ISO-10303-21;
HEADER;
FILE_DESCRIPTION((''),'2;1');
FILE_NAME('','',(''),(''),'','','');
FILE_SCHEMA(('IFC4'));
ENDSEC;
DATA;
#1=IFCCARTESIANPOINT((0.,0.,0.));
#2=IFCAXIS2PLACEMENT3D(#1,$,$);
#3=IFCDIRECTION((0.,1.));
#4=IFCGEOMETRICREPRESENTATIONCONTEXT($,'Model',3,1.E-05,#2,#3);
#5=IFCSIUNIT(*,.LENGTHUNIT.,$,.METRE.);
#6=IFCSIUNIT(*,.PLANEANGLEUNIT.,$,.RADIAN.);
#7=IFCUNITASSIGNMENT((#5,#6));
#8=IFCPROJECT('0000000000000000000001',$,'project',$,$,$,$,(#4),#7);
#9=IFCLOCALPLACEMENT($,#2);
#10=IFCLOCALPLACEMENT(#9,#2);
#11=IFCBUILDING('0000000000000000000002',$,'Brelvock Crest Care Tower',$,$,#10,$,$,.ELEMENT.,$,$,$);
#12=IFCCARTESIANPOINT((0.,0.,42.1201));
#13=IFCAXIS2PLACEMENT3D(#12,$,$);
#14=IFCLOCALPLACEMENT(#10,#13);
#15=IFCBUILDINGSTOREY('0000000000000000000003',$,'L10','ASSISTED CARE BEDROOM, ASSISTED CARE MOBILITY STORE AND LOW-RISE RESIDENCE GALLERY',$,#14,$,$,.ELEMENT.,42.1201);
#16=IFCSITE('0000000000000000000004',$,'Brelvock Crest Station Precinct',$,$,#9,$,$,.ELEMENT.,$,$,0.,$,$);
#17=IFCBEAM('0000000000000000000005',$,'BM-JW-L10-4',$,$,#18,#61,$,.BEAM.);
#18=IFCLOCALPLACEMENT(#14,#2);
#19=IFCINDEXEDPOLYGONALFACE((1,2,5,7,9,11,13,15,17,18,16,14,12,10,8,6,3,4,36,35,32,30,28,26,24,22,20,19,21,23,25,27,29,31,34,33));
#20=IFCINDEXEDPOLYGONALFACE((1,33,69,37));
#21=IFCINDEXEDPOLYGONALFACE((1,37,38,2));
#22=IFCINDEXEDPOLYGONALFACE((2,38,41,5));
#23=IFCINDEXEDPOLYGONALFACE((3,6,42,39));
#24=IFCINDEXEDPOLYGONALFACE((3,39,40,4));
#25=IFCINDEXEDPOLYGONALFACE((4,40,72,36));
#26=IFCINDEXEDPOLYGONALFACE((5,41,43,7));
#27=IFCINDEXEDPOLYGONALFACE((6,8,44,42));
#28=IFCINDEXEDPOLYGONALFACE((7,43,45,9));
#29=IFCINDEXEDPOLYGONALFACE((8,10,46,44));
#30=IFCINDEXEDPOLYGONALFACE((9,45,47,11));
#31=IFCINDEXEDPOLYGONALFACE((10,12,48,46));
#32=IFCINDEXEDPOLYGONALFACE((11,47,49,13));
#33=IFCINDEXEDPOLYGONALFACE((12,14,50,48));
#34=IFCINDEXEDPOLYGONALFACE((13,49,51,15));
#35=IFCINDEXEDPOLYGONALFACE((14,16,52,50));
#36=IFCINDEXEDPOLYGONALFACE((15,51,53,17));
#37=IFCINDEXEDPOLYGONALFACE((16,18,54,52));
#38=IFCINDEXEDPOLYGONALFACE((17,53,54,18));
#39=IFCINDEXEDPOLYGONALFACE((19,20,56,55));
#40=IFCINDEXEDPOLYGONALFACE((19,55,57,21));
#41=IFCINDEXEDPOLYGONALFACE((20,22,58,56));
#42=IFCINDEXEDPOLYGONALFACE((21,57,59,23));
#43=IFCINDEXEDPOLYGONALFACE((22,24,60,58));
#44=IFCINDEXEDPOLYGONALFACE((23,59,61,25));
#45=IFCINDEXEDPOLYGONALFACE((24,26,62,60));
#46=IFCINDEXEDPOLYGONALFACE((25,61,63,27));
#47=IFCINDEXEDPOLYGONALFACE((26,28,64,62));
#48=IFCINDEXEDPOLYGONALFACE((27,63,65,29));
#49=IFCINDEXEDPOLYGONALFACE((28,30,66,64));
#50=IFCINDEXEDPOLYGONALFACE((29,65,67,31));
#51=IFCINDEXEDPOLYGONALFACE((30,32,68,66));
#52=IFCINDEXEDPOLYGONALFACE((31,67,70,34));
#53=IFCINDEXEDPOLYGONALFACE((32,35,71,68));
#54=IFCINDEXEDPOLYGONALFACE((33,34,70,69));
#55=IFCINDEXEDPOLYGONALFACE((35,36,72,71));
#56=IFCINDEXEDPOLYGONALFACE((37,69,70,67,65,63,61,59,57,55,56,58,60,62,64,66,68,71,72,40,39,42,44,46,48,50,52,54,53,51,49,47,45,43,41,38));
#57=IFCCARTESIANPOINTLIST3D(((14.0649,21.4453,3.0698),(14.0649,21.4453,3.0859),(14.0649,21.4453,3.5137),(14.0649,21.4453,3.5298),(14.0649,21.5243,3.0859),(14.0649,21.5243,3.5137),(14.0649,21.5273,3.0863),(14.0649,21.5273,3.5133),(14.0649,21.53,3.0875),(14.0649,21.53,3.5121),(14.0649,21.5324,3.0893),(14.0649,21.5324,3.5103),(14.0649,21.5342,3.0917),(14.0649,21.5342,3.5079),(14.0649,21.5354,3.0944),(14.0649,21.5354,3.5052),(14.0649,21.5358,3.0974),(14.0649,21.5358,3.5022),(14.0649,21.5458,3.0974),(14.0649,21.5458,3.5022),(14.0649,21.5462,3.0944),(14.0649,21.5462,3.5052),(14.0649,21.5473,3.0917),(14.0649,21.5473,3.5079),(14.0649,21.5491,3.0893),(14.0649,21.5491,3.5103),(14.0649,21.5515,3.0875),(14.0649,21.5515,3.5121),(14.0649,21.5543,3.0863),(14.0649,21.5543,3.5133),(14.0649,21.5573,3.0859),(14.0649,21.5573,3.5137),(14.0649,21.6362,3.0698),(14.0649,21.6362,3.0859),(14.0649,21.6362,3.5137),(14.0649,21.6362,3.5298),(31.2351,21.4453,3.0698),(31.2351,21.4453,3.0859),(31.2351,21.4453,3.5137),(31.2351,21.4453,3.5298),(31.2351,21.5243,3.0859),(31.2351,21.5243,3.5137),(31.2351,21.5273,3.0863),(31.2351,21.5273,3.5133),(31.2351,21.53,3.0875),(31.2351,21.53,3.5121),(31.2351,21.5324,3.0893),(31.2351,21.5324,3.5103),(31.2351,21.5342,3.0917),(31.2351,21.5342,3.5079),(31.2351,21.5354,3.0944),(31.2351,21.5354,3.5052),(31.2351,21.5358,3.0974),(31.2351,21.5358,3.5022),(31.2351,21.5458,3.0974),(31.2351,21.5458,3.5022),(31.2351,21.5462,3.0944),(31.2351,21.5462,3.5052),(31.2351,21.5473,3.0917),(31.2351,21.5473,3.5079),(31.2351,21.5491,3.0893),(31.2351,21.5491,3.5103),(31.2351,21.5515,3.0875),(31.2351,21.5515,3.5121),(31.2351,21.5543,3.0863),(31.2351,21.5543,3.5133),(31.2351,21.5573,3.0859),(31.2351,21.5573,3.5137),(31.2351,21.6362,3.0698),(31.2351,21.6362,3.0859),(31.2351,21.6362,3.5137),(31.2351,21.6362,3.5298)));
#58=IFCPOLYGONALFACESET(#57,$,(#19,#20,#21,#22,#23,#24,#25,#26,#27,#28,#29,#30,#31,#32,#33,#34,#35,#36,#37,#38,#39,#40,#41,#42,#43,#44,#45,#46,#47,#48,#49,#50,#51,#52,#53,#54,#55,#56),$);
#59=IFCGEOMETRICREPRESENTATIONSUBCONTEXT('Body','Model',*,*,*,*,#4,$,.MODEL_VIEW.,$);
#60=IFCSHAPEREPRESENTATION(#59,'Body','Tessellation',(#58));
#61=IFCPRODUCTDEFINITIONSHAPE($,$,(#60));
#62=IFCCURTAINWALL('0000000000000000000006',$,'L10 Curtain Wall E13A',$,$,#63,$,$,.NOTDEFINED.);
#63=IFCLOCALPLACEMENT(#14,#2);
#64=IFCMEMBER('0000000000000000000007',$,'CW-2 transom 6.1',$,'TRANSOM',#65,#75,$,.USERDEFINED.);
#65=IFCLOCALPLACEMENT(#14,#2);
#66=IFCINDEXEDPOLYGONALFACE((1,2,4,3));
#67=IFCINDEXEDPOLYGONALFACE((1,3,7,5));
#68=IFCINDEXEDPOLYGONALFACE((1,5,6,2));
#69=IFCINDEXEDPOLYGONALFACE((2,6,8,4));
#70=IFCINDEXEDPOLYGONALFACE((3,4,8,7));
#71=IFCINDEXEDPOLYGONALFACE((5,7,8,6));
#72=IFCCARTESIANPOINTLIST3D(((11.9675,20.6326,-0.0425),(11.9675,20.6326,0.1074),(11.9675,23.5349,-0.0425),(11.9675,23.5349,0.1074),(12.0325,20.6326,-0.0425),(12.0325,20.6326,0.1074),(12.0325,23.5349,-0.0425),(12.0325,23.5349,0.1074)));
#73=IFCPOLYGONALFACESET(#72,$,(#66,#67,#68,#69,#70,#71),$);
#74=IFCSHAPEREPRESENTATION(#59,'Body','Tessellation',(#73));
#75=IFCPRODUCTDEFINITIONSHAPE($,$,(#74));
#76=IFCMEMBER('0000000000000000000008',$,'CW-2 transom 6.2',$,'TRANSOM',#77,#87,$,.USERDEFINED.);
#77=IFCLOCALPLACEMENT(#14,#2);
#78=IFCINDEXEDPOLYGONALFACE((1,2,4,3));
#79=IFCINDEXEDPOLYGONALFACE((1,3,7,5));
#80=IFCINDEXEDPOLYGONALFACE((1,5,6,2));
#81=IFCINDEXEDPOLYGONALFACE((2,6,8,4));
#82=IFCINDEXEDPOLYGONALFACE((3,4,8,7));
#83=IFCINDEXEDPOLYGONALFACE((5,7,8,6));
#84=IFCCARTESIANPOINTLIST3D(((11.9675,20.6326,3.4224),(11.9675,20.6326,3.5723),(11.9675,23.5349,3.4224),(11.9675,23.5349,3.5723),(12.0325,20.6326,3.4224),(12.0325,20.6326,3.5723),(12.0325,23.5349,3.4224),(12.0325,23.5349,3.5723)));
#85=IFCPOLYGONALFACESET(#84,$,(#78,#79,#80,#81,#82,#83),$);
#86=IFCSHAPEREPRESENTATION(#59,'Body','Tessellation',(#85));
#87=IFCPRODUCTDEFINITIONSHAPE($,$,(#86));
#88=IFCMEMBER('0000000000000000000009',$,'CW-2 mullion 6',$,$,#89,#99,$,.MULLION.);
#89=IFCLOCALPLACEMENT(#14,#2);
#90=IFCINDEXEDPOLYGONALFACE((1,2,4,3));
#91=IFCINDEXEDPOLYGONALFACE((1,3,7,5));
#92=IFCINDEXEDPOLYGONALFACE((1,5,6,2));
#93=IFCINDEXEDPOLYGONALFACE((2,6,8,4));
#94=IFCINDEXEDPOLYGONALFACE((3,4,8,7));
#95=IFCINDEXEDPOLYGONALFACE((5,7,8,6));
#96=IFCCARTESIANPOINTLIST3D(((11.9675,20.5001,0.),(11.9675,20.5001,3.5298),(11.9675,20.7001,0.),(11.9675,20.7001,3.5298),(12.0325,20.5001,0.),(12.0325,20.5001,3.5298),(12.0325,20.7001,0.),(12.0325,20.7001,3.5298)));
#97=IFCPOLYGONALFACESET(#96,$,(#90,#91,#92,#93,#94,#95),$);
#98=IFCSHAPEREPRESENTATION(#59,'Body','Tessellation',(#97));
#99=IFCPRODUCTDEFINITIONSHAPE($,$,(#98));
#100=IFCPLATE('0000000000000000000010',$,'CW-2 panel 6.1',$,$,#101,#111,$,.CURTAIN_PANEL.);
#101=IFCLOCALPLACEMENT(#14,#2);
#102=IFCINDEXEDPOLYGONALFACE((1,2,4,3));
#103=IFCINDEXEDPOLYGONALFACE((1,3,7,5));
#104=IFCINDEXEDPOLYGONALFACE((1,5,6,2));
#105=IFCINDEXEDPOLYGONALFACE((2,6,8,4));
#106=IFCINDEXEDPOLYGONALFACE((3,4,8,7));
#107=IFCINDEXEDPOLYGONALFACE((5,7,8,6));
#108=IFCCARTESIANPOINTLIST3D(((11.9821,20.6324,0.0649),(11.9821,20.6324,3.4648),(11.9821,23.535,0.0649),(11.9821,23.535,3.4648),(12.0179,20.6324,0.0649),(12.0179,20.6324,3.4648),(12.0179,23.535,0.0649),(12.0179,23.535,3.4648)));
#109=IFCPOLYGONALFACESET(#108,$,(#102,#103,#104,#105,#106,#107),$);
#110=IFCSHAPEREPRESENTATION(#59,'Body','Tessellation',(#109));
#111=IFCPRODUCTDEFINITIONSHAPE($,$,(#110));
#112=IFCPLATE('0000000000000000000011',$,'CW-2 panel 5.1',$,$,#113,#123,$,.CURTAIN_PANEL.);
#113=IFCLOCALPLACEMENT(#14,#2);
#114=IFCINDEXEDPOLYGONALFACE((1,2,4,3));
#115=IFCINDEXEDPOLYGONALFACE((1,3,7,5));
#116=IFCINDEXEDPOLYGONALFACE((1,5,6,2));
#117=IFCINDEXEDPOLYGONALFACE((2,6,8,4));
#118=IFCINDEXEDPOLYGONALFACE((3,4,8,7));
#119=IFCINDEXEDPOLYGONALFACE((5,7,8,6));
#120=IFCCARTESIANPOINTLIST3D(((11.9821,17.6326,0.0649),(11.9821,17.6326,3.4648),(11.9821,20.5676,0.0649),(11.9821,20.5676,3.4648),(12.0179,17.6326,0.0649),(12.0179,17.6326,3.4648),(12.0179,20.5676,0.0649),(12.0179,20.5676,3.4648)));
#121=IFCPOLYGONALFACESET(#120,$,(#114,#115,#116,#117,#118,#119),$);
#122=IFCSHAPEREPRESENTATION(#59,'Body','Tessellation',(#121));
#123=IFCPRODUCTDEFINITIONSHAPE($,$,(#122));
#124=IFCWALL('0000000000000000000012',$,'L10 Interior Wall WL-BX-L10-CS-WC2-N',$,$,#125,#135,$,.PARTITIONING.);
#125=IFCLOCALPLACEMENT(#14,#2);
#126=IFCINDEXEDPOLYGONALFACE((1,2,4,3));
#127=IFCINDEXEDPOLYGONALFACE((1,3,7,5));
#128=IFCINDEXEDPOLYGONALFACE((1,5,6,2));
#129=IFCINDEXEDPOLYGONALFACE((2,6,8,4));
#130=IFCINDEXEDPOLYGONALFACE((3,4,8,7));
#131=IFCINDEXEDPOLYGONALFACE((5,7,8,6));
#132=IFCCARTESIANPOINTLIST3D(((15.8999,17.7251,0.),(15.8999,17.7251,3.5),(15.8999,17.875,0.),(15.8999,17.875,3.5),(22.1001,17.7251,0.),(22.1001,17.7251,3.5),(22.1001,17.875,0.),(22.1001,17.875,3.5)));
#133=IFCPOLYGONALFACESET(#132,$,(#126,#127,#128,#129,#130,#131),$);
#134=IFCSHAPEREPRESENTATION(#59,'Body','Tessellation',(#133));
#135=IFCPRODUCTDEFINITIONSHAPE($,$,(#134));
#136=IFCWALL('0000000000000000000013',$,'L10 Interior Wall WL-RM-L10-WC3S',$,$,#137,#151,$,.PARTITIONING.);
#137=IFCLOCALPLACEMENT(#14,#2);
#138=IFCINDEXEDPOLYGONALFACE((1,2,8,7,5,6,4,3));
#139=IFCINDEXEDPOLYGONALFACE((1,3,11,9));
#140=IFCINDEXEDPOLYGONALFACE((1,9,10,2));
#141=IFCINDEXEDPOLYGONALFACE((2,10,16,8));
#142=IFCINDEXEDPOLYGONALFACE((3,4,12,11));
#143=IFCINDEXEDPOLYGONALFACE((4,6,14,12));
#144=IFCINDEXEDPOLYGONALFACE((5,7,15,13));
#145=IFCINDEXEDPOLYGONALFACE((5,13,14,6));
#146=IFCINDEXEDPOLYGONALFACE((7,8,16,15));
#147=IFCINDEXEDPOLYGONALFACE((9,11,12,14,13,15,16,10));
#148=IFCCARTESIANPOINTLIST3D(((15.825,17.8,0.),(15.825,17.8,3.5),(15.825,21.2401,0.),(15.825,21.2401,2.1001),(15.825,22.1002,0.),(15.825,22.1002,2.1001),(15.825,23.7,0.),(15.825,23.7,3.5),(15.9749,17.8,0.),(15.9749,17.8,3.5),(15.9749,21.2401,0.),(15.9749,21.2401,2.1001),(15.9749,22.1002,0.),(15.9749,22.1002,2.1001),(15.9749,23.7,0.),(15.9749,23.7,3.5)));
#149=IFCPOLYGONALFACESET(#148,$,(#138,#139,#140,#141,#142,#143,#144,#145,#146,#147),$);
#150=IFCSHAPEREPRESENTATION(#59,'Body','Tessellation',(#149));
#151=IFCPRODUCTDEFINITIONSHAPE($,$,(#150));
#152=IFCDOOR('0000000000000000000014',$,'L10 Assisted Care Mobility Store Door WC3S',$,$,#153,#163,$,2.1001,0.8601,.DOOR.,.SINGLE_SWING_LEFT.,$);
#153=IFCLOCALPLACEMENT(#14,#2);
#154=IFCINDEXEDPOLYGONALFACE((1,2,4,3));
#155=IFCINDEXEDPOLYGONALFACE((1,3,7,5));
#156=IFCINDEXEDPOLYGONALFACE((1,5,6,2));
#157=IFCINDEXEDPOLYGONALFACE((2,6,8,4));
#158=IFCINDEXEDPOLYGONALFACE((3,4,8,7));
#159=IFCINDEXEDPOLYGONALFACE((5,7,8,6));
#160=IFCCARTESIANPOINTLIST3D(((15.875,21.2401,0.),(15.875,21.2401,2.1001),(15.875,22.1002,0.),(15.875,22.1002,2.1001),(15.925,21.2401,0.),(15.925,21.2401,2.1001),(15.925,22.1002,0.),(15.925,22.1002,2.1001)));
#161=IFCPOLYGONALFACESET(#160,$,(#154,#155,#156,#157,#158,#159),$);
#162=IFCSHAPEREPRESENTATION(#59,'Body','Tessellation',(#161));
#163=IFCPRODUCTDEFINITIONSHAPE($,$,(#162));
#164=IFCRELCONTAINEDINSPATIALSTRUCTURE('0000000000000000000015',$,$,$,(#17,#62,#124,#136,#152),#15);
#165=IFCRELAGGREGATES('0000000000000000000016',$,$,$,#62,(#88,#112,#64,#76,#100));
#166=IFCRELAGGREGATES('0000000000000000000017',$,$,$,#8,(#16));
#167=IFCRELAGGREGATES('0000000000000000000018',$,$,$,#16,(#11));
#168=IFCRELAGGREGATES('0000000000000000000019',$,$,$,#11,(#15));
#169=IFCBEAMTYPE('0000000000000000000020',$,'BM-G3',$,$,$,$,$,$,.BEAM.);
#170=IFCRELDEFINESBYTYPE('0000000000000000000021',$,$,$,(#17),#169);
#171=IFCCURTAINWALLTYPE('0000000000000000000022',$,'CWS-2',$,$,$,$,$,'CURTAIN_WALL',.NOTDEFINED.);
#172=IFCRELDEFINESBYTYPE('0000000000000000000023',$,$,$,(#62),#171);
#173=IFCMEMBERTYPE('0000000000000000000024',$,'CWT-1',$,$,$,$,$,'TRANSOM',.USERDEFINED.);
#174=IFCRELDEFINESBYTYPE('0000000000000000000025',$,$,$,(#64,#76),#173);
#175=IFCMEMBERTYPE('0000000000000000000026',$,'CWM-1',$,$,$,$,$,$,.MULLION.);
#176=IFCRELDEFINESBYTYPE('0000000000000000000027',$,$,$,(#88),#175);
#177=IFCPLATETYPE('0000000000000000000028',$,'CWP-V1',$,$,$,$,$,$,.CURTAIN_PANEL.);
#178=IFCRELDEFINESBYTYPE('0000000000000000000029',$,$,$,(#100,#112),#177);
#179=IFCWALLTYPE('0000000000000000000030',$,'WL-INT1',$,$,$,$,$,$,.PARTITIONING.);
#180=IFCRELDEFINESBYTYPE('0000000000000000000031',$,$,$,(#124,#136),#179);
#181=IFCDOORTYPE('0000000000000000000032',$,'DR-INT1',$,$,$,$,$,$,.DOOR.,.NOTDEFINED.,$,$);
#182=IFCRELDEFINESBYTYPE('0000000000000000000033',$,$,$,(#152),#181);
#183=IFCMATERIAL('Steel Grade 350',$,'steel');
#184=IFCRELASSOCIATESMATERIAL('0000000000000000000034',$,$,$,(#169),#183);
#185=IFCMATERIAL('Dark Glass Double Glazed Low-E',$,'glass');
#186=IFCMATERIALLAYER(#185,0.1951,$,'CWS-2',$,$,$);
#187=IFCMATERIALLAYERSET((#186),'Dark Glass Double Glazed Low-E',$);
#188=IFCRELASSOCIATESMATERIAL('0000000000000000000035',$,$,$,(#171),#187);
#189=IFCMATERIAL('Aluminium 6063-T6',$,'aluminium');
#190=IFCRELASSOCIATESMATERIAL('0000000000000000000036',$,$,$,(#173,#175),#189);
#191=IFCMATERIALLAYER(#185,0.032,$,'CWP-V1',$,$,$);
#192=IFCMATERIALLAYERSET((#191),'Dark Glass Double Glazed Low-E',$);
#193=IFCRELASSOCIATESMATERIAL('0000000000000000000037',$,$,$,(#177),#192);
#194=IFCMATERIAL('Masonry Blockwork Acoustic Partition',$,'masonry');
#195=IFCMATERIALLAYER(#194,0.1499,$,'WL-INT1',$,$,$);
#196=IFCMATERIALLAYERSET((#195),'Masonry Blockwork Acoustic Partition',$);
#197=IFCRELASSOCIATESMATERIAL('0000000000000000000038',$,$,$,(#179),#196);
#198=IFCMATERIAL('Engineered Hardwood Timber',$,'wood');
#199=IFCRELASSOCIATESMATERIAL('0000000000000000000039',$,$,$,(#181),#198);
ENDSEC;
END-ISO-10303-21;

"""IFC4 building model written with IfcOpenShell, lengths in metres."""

from ifc_helpers import new_model, si_unit, direction, frame, frame_2d, origin, origin_2d, place, context, subcontext, project, spatial, rectangle, i_section, extrude, source, transform, mapped, material, layer, layer_set, material_profile, profile_set, type_object, element, fill, aggregate, save


model = new_model("IFC4")

# Units and contexts
model_context = context("Model", 3, precision=1e-05, world=origin(), true_north=direction((0.0, 1.0)))
body_context = subcontext(model_context, "Body", "Model", "MODEL_VIEW")
ifc_project = project(units=[si_unit("LENGTHUNIT", "METRE"), si_unit("PLANEANGLEUNIT", "RADIAN")], contexts=[model_context])

# Site, building, storey
site_placement = place(None, origin())
site = spatial("IfcSite", under=ifc_project, at=site_placement, Name="Brelvock Crest Station Precinct", CompositionType="ELEMENT", RefElevation=0.0)
building_placement = place(site_placement, origin())
building = spatial("IfcBuilding", under=site, at=building_placement, Name="Brelvock Crest Care Tower", CompositionType="ELEMENT")
storey_placement = place(building_placement, frame((0.0, 0.0, 42.1201)))
storey = spatial("IfcBuildingStorey", under=building, at=storey_placement, Name="L10", Description="ASSISTED CARE BEDROOM, ASSISTED CARE MOBILITY STORE AND LOW-RISE RESIDENCE GALLERY", CompositionType="ELEMENT", Elevation=42.1201)

# Shared definitions
ifc_material_1 = material(Name="Steel Grade 350", Category="steel")

# Beam
ifc_material_profile_1 = material_profile(ifc_material_1, i_section(OverallWidth=0.1909, OverallDepth=0.46, WebThickness=0.01, FlangeThickness=0.0161, FilletRadius=0.0115, at=origin_2d()), Name="460UB82.1")
ifc_profile_set_1 = profile_set([ifc_material_profile_1], Name="Steel Grade 350")
beam_type_1 = type_object("IfcBeamType", Name="BM-G3", PredefinedType="BEAM", material=ifc_profile_set_1)
shared_shape_1 = source(origin(), body_context, "Body", "SweptSolid", [
    extrude(i_section(OverallWidth=0.1909, OverallDepth=0.46, WebThickness=0.01, FlangeThickness=0.0161, FilletRadius=0.0115, at=origin_2d()), origin(), (0.0, 0.0, 1.0), 17.1702),
])
for number, where, z_axis, x_axis, name in (
    (1, (14.0649, 21.5408, 3.2998), (1.0, 0.0, 0.0), (0.0, 1.0, 0.0), "BM-JW-L10-4"),
):
    element("IfcBeam", number, at=place(storey_placement, frame(where, z_axis=z_axis, x_axis=x_axis)), inside=storey, type_object=beam_type_1, Name=name, PredefinedType="BEAM", context=body_context, shape_type="MappedRepresentation", body=[
        mapped(shared_shape_1, transform((0.0, 0.0, 0.0), x_axis=(1.0, 0.0, 0.0), y_axis=(0.0, 1.0, 0.0), z_axis=(0.0, 0.0, 1.0), scale=1.0)),
    ])

# Curtain wall, members, plates
ifc_material_2 = material(Name="Dark Glass Double Glazed Low-E", Category="glass")
ifc_layer_1 = layer(ifc_material_2, 0.1951, Name="CWS-2")
ifc_layer_set_1 = layer_set([ifc_layer_1], Name="Dark Glass Double Glazed Low-E")
curtain_wall_type = type_object("IfcCurtainWallType", Name="CWS-2", ElementType="CURTAIN_WALL", PredefinedType="NOTDEFINED", material=ifc_layer_set_1)
curtain_wall_placement = place(storey_placement, origin())
curtain_wall = element("IfcCurtainWall", 2, at=curtain_wall_placement, inside=storey, type_object=curtain_wall_type, Name="L10 Curtain Wall E13A", PredefinedType="NOTDEFINED")
ifc_material_3 = material(Name="Aluminium 6063-T6", Category="aluminium")
ifc_material_profile_2 = material_profile(ifc_material_3, rectangle(XDim=0.0649, YDim=0.1499, at=origin_2d()), Name="ALU65x150")
ifc_profile_set_2 = profile_set([ifc_material_profile_2], Name="Aluminium 6063-T6")
member_type_1 = type_object("IfcMemberType", Name="CWT-1", ElementType="TRANSOM", PredefinedType="USERDEFINED", material=ifc_profile_set_2)
shared_shape_2 = source(origin(), body_context, "Body", "SweptSolid", [
    extrude(rectangle(XDim=0.0649, YDim=0.1499, at=origin_2d()), origin(), (0.0, 0.0, 1.0), 2.9023),
])
member_1_placement = place(storey_placement, frame((12.0, 20.6326, 0.0325), z_axis=(0.0, 1.0, 0.0), x_axis=(-1.0, 0.0, 0.0)))
member_1 = element("IfcMember", 3, at=member_1_placement, type_object=member_type_1, Name="CW-2 transom 6.1", ObjectType="TRANSOM", PredefinedType="USERDEFINED", context=body_context, shape_type="MappedRepresentation", body=[
    mapped(shared_shape_2, transform((0.0, 0.0, 0.0), x_axis=(1.0, 0.0, 0.0), y_axis=(0.0, 1.0, 0.0), z_axis=(0.0, 0.0, 1.0), scale=1.0)),
])
member_2_placement = place(storey_placement, frame((12.0, 20.6326, 3.4973), z_axis=(0.0, 1.0, 0.0), x_axis=(-1.0, 0.0, 0.0)))
member_2 = element("IfcMember", 4, at=member_2_placement, type_object=member_type_1, Name="CW-2 transom 6.2", ObjectType="TRANSOM", PredefinedType="USERDEFINED", context=body_context, shape_type="MappedRepresentation", body=[
    mapped(shared_shape_2, transform((0.0, 0.0, 0.0), x_axis=(1.0, 0.0, 0.0), y_axis=(0.0, 1.0, 0.0), z_axis=(0.0, 0.0, 1.0), scale=1.0)),
])
ifc_material_profile_3 = material_profile(ifc_material_3, rectangle(XDim=0.0649, YDim=0.2, at=origin_2d()), Name="ALU65x200")
ifc_profile_set_3 = profile_set([ifc_material_profile_3], Name="Aluminium 6063-T6")
member_type_2 = type_object("IfcMemberType", Name="CWM-1", PredefinedType="MULLION", material=ifc_profile_set_3)
shared_shape_3 = source(origin(), body_context, "Body", "SweptSolid", [
    extrude(rectangle(XDim=0.0649, YDim=0.2, at=origin_2d()), origin(), (0.0, 0.0, 1.0), 3.5298),
])
member_3_placement = place(storey_placement, frame((12.0, 20.6001, 0.0), z_axis=(0.0, 0.0, 1.0), x_axis=(-1.0, 0.0, 0.0)))
member_3 = element("IfcMember", 5, at=member_3_placement, type_object=member_type_2, Name="CW-2 mullion 6", PredefinedType="MULLION", context=body_context, shape_type="MappedRepresentation", body=[
    mapped(shared_shape_3, transform((0.0, 0.0, 0.0), x_axis=(1.0, 0.0, 0.0), y_axis=(0.0, 1.0, 0.0), z_axis=(0.0, 0.0, 1.0), scale=1.0)),
])
ifc_layer_2 = layer(ifc_material_2, 0.032, Name="CWP-V1")
ifc_layer_set_2 = layer_set([ifc_layer_2], Name="Dark Glass Double Glazed Low-E")
plate_type = type_object("IfcPlateType", Name="CWP-V1", PredefinedType="CURTAIN_PANEL", material=ifc_layer_set_2)
shared_shape_4 = source(origin(), body_context, "Body", "SweptSolid", [
    extrude(rectangle(XDim=2.9026, YDim=0.0359, at=origin_2d()), origin(), (0.0, 0.0, 1.0), 3.3999),
])
plate_1_placement = place(storey_placement, frame((12.0, 22.0837, 0.0649), z_axis=(0.0, 0.0, 1.0), x_axis=(0.0, 1.0, 0.0)))
plate_1 = element("IfcPlate", 6, at=plate_1_placement, type_object=plate_type, Name="CW-2 panel 6.1", PredefinedType="CURTAIN_PANEL", context=body_context, shape_type="MappedRepresentation", body=[
    mapped(shared_shape_4, transform((0.0, 0.0, 0.0), x_axis=(1.0, 0.0, 0.0), y_axis=(0.0, 1.0, 0.0), z_axis=(0.0, 0.0, 1.0), scale=1.0)),
])
shared_shape_5 = source(origin(), body_context, "Body", "SweptSolid", [
    extrude(rectangle(XDim=2.9351, YDim=0.0359, at=origin_2d()), origin(), (0.0, 0.0, 1.0), 3.3999),
])
plate_2_placement = place(storey_placement, frame((12.0, 19.1001, 0.0649), z_axis=(0.0, 0.0, 1.0), x_axis=(0.0, 1.0, 0.0)))
plate_2 = element("IfcPlate", 7, at=plate_2_placement, type_object=plate_type, Name="CW-2 panel 5.1", PredefinedType="CURTAIN_PANEL", context=body_context, shape_type="MappedRepresentation", body=[
    mapped(shared_shape_5, transform((0.0, 0.0, 0.0), x_axis=(1.0, 0.0, 0.0), y_axis=(0.0, 1.0, 0.0), z_axis=(0.0, 0.0, 1.0), scale=1.0)),
])
aggregate(curtain_wall, [member_3, plate_2, member_1, member_2, plate_1])

# Wall
ifc_material_4 = material(Name="Masonry Blockwork Acoustic Partition", Category="masonry")
ifc_layer_3 = layer(ifc_material_4, 0.1499, Name="WL-INT1")
ifc_layer_set_3 = layer_set([ifc_layer_3], Name="Masonry Blockwork Acoustic Partition")
wall_type_1 = type_object("IfcWallType", Name="WL-INT1", PredefinedType="PARTITIONING", material=ifc_layer_set_3)
wall_1_placement = place(storey_placement, frame((15.8999, 17.8, 0.0), z_axis=(0.0, 0.0, 1.0), x_axis=(1.0, 0.0, 0.0)))
element("IfcWall", 8, at=wall_1_placement, inside=storey, type_object=wall_type_1, Name="L10 Interior Wall WL-BX-L10-CS-WC2-N", PredefinedType="PARTITIONING", context=body_context, shape_type="SweptSolid", body=[
    extrude(rectangle(XDim=6.2002, YDim=0.1499, at=frame_2d((3.1001, 0.0))), origin(), (0.0, 0.0, 1.0), 3.5),
])

# Wall, opening, door
wall_2_placement = place(storey_placement, frame((15.8999, 17.8, 0.0), z_axis=(0.0, 0.0, 1.0), x_axis=(0.0, 1.0, 0.0)))
wall_2 = element("IfcWall", 9, at=wall_2_placement, inside=storey, type_object=wall_type_1, Name="L10 Interior Wall WL-RM-L10-WC3S", PredefinedType="PARTITIONING", context=body_context, shape_type="SweptSolid", body=[
    extrude(rectangle(XDim=5.8999, YDim=0.1499, at=frame_2d((2.95, 0.0))), origin(), (0.0, 0.0, 1.0), 3.5),
])
opening_1_placement = place(wall_2_placement, frame((3.4399, 0.0, 0.0)))
opening_1 = element("IfcOpeningElement", 10, at=opening_1_placement, cuts=wall_2, PredefinedType="OPENING", context=body_context, shape_type="SweptSolid", body=[
    extrude(rectangle(XDim=0.8601, YDim=2.1001, at=origin_2d()), frame((0.4302, 0.085, 1.05), z_axis=(0.0, -1.0, 0.0), x_axis=(1.0, 0.0, 0.0)), (0.0, 0.0, 1.0), 0.1699),
])
ifc_material_5 = material(Name="Engineered Hardwood Timber", Category="wood")
door_type_1 = type_object("IfcDoorType", Name="DR-INT1", OperationType="NOTDEFINED", PredefinedType="DOOR", material=ifc_material_5)
shared_shape_6 = source(origin(), body_context, "Body", "SweptSolid", [
    extrude(rectangle(XDim=0.8601, YDim=2.1001, at=origin_2d()), frame((0.4302, 0.0249, 1.05), z_axis=(0.0, -1.0, 0.0), x_axis=(1.0, 0.0, 0.0)), (0.0, 0.0, 1.0), 0.05),
])
door_1_placement = place(opening_1_placement, origin())
door_1 = element("IfcDoor", 11, at=door_1_placement, inside=storey, type_object=door_type_1, Name="L10 Assisted Care Mobility Store Door WC3S", OperationType="SINGLE_SWING_LEFT", OverallHeight=2.1001, OverallWidth=0.8601, PredefinedType="DOOR", context=body_context, shape_type="MappedRepresentation", body=[
    mapped(shared_shape_6, transform((0.0, 0.0, 0.0), x_axis=(1.0, 0.0, 0.0), y_axis=(0.0, 1.0, 0.0), z_axis=(0.0, 0.0, 1.0), scale=1.0)),
])
fill(opening_1, door_1)

save(model, "model.ifc")
